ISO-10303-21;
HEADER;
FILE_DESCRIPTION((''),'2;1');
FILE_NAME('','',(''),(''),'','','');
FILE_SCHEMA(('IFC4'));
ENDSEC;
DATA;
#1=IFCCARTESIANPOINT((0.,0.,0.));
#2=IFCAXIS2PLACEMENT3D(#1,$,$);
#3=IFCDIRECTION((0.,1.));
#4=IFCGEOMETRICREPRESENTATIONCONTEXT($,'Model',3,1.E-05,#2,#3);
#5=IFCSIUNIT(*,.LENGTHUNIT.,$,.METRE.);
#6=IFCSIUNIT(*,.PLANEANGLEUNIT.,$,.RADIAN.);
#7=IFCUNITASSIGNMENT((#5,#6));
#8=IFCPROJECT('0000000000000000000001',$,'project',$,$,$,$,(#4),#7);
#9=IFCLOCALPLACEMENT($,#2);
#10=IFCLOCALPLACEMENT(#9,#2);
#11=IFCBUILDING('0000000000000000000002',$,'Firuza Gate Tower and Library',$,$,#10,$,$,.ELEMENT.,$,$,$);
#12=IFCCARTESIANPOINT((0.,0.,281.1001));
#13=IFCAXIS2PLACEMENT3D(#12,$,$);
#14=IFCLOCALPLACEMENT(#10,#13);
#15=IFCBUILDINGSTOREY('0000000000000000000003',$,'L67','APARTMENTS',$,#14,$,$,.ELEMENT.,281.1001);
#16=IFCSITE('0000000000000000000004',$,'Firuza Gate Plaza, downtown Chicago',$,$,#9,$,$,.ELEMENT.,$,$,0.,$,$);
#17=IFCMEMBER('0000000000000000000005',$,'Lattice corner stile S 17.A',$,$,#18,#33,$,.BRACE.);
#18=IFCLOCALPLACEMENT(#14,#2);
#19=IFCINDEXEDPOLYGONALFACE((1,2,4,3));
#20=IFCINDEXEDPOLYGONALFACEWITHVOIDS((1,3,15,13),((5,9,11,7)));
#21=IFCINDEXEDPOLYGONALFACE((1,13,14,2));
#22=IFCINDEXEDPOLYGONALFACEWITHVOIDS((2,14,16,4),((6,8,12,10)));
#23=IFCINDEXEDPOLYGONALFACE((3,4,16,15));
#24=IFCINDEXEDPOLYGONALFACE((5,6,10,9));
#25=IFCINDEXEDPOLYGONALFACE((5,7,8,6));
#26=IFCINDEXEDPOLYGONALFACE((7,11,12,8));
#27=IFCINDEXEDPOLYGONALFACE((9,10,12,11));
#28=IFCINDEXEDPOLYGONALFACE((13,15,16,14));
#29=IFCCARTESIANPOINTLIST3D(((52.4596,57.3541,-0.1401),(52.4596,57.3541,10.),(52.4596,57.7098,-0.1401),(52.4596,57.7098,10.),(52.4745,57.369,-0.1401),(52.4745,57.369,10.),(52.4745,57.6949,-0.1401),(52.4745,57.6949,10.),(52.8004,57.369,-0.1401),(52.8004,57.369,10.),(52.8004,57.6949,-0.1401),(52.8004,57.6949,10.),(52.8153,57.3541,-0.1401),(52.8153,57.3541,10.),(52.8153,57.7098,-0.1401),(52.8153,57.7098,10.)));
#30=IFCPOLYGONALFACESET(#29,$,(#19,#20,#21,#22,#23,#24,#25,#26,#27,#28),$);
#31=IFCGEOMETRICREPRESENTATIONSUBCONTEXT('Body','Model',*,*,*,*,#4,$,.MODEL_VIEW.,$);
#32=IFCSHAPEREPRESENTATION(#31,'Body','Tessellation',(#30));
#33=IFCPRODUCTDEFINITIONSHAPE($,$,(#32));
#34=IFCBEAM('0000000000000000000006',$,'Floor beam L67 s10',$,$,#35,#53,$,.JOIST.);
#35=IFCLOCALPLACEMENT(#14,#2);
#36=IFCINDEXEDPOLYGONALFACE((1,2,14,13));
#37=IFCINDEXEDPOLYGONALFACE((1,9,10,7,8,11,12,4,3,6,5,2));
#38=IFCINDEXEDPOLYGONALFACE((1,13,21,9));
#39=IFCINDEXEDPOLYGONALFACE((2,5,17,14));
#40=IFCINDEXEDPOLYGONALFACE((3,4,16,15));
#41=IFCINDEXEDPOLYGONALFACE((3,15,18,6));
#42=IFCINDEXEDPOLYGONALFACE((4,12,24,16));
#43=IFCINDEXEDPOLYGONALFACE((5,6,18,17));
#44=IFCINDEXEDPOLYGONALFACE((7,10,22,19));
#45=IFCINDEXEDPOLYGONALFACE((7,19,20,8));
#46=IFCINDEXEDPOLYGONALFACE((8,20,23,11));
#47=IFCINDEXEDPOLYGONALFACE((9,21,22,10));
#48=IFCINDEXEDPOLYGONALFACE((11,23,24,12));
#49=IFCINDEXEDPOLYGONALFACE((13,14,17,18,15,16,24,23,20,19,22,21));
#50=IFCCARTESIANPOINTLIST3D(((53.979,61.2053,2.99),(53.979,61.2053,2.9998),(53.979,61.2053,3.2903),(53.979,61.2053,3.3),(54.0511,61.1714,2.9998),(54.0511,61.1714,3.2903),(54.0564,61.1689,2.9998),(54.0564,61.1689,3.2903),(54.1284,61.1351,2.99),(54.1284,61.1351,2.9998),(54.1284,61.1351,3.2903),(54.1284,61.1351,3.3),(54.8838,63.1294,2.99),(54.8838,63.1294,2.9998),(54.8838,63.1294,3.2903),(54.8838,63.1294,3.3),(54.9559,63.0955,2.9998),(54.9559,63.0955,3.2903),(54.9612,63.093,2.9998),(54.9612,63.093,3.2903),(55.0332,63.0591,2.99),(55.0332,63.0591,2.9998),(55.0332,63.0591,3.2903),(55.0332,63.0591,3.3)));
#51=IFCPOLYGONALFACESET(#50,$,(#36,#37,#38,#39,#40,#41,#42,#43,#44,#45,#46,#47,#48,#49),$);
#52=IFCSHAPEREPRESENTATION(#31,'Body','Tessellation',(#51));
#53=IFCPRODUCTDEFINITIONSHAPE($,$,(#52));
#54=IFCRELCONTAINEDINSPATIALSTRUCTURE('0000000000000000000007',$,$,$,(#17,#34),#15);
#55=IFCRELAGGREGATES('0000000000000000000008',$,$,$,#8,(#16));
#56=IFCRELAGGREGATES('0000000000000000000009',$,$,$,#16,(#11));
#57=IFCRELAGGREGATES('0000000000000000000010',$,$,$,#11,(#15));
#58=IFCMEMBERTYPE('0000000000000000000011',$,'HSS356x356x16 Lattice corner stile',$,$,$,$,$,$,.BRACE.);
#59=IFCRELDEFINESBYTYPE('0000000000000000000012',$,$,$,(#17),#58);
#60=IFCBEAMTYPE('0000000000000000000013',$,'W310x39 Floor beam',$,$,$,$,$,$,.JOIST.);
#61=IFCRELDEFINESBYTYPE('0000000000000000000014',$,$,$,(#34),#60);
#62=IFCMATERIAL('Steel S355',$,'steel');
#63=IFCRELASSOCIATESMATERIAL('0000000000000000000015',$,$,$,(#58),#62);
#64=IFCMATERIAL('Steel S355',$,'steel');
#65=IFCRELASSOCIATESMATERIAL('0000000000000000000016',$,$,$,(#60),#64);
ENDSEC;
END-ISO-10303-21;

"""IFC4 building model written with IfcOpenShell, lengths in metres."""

from ifc_helpers import new_model, si_unit, direction, frame, origin, origin_2d, place, context, subcontext, project, spatial, hollow_rectangle, i_section, extrude, material, material_profile, profile_set, type_object, element, save


model = new_model("IFC4")

# Units and contexts
model_context = context("Model", 3, precision=1e-05, world=origin(), true_north=direction((0.0, 1.0)))
body_context = subcontext(model_context, "Body", "Model", "MODEL_VIEW")
ifc_project = project(units=[si_unit("LENGTHUNIT", "METRE"), si_unit("PLANEANGLEUNIT", "RADIAN")], contexts=[model_context])

# Site, building, storey
site_placement = place(None, origin())
site = spatial("IfcSite", under=ifc_project, at=site_placement, Name="Firuza Gate Plaza, downtown Chicago", CompositionType="ELEMENT", RefElevation=0.0)
building_placement = place(site_placement, origin())
building = spatial("IfcBuilding", under=site, at=building_placement, Name="Firuza Gate Tower and Library", CompositionType="ELEMENT")
storey_placement = place(building_placement, frame((0.0, 0.0, 281.1001)))
storey = spatial("IfcBuildingStorey", under=building, at=storey_placement, Name="L67", Description="APARTMENTS", CompositionType="ELEMENT", Elevation=281.1001)

# Member
ifc_material_1 = material(Name="Steel S355", Category="steel")
ifc_material_profile_1 = material_profile(ifc_material_1, hollow_rectangle(XDim=0.3557, YDim=0.3557, WallThickness=0.0149, at=origin_2d()))
ifc_profile_set_1 = profile_set([ifc_material_profile_1], Name="Steel S355")
member_type_1 = type_object("IfcMemberType", Name="HSS356x356x16 Lattice corner stile", PredefinedType="BRACE", material=ifc_profile_set_1)
member_1_placement = place(storey_placement, frame((52.6375, 57.532, -0.1401), z_axis=(0.0, 0.0, 1.0), x_axis=(1.0, 0.0, 0.0)))
element("IfcMember", 1, at=member_1_placement, inside=storey, type_object=member_type_1, Name="Lattice corner stile S 17.A", PredefinedType="BRACE", context=body_context, shape_type="SweptSolid", body=[
    extrude(hollow_rectangle(XDim=0.3557, YDim=0.3557, WallThickness=0.0149, at=origin_2d()), origin(), (0.0, 0.0, 1.0), 10.1401),
])

# Beam
ifc_material_2 = material(Name="Steel S355", Category="steel")
ifc_material_profile_2 = material_profile(ifc_material_2, i_section(OverallWidth=0.165, OverallDepth=0.3101, WebThickness=0.0059, FlangeThickness=0.0098, at=origin_2d()))
ifc_profile_set_2 = profile_set([ifc_material_profile_2], Name="Steel S355")
beam_type = type_object("IfcBeamType", Name="W310x39 Floor beam", PredefinedType="JOIST", material=ifc_profile_set_2)
beam_placement = place(storey_placement, frame((54.0537, 61.1702, 3.145), z_axis=(0.425543, 0.904938, 0.0), x_axis=(-0.904938, 0.425543, 0.0)))
element("IfcBeam", 2, at=beam_placement, inside=storey, type_object=beam_type, Name="Floor beam L67 s10", PredefinedType="JOIST", context=body_context, shape_type="SweptSolid", body=[
    extrude(i_section(OverallWidth=0.165, OverallDepth=0.3101, WebThickness=0.0059, FlangeThickness=0.0098, at=origin_2d()), origin(), (0.0, 0.0, 1.0), 2.1262),
])

save(model, "model.ifc")
